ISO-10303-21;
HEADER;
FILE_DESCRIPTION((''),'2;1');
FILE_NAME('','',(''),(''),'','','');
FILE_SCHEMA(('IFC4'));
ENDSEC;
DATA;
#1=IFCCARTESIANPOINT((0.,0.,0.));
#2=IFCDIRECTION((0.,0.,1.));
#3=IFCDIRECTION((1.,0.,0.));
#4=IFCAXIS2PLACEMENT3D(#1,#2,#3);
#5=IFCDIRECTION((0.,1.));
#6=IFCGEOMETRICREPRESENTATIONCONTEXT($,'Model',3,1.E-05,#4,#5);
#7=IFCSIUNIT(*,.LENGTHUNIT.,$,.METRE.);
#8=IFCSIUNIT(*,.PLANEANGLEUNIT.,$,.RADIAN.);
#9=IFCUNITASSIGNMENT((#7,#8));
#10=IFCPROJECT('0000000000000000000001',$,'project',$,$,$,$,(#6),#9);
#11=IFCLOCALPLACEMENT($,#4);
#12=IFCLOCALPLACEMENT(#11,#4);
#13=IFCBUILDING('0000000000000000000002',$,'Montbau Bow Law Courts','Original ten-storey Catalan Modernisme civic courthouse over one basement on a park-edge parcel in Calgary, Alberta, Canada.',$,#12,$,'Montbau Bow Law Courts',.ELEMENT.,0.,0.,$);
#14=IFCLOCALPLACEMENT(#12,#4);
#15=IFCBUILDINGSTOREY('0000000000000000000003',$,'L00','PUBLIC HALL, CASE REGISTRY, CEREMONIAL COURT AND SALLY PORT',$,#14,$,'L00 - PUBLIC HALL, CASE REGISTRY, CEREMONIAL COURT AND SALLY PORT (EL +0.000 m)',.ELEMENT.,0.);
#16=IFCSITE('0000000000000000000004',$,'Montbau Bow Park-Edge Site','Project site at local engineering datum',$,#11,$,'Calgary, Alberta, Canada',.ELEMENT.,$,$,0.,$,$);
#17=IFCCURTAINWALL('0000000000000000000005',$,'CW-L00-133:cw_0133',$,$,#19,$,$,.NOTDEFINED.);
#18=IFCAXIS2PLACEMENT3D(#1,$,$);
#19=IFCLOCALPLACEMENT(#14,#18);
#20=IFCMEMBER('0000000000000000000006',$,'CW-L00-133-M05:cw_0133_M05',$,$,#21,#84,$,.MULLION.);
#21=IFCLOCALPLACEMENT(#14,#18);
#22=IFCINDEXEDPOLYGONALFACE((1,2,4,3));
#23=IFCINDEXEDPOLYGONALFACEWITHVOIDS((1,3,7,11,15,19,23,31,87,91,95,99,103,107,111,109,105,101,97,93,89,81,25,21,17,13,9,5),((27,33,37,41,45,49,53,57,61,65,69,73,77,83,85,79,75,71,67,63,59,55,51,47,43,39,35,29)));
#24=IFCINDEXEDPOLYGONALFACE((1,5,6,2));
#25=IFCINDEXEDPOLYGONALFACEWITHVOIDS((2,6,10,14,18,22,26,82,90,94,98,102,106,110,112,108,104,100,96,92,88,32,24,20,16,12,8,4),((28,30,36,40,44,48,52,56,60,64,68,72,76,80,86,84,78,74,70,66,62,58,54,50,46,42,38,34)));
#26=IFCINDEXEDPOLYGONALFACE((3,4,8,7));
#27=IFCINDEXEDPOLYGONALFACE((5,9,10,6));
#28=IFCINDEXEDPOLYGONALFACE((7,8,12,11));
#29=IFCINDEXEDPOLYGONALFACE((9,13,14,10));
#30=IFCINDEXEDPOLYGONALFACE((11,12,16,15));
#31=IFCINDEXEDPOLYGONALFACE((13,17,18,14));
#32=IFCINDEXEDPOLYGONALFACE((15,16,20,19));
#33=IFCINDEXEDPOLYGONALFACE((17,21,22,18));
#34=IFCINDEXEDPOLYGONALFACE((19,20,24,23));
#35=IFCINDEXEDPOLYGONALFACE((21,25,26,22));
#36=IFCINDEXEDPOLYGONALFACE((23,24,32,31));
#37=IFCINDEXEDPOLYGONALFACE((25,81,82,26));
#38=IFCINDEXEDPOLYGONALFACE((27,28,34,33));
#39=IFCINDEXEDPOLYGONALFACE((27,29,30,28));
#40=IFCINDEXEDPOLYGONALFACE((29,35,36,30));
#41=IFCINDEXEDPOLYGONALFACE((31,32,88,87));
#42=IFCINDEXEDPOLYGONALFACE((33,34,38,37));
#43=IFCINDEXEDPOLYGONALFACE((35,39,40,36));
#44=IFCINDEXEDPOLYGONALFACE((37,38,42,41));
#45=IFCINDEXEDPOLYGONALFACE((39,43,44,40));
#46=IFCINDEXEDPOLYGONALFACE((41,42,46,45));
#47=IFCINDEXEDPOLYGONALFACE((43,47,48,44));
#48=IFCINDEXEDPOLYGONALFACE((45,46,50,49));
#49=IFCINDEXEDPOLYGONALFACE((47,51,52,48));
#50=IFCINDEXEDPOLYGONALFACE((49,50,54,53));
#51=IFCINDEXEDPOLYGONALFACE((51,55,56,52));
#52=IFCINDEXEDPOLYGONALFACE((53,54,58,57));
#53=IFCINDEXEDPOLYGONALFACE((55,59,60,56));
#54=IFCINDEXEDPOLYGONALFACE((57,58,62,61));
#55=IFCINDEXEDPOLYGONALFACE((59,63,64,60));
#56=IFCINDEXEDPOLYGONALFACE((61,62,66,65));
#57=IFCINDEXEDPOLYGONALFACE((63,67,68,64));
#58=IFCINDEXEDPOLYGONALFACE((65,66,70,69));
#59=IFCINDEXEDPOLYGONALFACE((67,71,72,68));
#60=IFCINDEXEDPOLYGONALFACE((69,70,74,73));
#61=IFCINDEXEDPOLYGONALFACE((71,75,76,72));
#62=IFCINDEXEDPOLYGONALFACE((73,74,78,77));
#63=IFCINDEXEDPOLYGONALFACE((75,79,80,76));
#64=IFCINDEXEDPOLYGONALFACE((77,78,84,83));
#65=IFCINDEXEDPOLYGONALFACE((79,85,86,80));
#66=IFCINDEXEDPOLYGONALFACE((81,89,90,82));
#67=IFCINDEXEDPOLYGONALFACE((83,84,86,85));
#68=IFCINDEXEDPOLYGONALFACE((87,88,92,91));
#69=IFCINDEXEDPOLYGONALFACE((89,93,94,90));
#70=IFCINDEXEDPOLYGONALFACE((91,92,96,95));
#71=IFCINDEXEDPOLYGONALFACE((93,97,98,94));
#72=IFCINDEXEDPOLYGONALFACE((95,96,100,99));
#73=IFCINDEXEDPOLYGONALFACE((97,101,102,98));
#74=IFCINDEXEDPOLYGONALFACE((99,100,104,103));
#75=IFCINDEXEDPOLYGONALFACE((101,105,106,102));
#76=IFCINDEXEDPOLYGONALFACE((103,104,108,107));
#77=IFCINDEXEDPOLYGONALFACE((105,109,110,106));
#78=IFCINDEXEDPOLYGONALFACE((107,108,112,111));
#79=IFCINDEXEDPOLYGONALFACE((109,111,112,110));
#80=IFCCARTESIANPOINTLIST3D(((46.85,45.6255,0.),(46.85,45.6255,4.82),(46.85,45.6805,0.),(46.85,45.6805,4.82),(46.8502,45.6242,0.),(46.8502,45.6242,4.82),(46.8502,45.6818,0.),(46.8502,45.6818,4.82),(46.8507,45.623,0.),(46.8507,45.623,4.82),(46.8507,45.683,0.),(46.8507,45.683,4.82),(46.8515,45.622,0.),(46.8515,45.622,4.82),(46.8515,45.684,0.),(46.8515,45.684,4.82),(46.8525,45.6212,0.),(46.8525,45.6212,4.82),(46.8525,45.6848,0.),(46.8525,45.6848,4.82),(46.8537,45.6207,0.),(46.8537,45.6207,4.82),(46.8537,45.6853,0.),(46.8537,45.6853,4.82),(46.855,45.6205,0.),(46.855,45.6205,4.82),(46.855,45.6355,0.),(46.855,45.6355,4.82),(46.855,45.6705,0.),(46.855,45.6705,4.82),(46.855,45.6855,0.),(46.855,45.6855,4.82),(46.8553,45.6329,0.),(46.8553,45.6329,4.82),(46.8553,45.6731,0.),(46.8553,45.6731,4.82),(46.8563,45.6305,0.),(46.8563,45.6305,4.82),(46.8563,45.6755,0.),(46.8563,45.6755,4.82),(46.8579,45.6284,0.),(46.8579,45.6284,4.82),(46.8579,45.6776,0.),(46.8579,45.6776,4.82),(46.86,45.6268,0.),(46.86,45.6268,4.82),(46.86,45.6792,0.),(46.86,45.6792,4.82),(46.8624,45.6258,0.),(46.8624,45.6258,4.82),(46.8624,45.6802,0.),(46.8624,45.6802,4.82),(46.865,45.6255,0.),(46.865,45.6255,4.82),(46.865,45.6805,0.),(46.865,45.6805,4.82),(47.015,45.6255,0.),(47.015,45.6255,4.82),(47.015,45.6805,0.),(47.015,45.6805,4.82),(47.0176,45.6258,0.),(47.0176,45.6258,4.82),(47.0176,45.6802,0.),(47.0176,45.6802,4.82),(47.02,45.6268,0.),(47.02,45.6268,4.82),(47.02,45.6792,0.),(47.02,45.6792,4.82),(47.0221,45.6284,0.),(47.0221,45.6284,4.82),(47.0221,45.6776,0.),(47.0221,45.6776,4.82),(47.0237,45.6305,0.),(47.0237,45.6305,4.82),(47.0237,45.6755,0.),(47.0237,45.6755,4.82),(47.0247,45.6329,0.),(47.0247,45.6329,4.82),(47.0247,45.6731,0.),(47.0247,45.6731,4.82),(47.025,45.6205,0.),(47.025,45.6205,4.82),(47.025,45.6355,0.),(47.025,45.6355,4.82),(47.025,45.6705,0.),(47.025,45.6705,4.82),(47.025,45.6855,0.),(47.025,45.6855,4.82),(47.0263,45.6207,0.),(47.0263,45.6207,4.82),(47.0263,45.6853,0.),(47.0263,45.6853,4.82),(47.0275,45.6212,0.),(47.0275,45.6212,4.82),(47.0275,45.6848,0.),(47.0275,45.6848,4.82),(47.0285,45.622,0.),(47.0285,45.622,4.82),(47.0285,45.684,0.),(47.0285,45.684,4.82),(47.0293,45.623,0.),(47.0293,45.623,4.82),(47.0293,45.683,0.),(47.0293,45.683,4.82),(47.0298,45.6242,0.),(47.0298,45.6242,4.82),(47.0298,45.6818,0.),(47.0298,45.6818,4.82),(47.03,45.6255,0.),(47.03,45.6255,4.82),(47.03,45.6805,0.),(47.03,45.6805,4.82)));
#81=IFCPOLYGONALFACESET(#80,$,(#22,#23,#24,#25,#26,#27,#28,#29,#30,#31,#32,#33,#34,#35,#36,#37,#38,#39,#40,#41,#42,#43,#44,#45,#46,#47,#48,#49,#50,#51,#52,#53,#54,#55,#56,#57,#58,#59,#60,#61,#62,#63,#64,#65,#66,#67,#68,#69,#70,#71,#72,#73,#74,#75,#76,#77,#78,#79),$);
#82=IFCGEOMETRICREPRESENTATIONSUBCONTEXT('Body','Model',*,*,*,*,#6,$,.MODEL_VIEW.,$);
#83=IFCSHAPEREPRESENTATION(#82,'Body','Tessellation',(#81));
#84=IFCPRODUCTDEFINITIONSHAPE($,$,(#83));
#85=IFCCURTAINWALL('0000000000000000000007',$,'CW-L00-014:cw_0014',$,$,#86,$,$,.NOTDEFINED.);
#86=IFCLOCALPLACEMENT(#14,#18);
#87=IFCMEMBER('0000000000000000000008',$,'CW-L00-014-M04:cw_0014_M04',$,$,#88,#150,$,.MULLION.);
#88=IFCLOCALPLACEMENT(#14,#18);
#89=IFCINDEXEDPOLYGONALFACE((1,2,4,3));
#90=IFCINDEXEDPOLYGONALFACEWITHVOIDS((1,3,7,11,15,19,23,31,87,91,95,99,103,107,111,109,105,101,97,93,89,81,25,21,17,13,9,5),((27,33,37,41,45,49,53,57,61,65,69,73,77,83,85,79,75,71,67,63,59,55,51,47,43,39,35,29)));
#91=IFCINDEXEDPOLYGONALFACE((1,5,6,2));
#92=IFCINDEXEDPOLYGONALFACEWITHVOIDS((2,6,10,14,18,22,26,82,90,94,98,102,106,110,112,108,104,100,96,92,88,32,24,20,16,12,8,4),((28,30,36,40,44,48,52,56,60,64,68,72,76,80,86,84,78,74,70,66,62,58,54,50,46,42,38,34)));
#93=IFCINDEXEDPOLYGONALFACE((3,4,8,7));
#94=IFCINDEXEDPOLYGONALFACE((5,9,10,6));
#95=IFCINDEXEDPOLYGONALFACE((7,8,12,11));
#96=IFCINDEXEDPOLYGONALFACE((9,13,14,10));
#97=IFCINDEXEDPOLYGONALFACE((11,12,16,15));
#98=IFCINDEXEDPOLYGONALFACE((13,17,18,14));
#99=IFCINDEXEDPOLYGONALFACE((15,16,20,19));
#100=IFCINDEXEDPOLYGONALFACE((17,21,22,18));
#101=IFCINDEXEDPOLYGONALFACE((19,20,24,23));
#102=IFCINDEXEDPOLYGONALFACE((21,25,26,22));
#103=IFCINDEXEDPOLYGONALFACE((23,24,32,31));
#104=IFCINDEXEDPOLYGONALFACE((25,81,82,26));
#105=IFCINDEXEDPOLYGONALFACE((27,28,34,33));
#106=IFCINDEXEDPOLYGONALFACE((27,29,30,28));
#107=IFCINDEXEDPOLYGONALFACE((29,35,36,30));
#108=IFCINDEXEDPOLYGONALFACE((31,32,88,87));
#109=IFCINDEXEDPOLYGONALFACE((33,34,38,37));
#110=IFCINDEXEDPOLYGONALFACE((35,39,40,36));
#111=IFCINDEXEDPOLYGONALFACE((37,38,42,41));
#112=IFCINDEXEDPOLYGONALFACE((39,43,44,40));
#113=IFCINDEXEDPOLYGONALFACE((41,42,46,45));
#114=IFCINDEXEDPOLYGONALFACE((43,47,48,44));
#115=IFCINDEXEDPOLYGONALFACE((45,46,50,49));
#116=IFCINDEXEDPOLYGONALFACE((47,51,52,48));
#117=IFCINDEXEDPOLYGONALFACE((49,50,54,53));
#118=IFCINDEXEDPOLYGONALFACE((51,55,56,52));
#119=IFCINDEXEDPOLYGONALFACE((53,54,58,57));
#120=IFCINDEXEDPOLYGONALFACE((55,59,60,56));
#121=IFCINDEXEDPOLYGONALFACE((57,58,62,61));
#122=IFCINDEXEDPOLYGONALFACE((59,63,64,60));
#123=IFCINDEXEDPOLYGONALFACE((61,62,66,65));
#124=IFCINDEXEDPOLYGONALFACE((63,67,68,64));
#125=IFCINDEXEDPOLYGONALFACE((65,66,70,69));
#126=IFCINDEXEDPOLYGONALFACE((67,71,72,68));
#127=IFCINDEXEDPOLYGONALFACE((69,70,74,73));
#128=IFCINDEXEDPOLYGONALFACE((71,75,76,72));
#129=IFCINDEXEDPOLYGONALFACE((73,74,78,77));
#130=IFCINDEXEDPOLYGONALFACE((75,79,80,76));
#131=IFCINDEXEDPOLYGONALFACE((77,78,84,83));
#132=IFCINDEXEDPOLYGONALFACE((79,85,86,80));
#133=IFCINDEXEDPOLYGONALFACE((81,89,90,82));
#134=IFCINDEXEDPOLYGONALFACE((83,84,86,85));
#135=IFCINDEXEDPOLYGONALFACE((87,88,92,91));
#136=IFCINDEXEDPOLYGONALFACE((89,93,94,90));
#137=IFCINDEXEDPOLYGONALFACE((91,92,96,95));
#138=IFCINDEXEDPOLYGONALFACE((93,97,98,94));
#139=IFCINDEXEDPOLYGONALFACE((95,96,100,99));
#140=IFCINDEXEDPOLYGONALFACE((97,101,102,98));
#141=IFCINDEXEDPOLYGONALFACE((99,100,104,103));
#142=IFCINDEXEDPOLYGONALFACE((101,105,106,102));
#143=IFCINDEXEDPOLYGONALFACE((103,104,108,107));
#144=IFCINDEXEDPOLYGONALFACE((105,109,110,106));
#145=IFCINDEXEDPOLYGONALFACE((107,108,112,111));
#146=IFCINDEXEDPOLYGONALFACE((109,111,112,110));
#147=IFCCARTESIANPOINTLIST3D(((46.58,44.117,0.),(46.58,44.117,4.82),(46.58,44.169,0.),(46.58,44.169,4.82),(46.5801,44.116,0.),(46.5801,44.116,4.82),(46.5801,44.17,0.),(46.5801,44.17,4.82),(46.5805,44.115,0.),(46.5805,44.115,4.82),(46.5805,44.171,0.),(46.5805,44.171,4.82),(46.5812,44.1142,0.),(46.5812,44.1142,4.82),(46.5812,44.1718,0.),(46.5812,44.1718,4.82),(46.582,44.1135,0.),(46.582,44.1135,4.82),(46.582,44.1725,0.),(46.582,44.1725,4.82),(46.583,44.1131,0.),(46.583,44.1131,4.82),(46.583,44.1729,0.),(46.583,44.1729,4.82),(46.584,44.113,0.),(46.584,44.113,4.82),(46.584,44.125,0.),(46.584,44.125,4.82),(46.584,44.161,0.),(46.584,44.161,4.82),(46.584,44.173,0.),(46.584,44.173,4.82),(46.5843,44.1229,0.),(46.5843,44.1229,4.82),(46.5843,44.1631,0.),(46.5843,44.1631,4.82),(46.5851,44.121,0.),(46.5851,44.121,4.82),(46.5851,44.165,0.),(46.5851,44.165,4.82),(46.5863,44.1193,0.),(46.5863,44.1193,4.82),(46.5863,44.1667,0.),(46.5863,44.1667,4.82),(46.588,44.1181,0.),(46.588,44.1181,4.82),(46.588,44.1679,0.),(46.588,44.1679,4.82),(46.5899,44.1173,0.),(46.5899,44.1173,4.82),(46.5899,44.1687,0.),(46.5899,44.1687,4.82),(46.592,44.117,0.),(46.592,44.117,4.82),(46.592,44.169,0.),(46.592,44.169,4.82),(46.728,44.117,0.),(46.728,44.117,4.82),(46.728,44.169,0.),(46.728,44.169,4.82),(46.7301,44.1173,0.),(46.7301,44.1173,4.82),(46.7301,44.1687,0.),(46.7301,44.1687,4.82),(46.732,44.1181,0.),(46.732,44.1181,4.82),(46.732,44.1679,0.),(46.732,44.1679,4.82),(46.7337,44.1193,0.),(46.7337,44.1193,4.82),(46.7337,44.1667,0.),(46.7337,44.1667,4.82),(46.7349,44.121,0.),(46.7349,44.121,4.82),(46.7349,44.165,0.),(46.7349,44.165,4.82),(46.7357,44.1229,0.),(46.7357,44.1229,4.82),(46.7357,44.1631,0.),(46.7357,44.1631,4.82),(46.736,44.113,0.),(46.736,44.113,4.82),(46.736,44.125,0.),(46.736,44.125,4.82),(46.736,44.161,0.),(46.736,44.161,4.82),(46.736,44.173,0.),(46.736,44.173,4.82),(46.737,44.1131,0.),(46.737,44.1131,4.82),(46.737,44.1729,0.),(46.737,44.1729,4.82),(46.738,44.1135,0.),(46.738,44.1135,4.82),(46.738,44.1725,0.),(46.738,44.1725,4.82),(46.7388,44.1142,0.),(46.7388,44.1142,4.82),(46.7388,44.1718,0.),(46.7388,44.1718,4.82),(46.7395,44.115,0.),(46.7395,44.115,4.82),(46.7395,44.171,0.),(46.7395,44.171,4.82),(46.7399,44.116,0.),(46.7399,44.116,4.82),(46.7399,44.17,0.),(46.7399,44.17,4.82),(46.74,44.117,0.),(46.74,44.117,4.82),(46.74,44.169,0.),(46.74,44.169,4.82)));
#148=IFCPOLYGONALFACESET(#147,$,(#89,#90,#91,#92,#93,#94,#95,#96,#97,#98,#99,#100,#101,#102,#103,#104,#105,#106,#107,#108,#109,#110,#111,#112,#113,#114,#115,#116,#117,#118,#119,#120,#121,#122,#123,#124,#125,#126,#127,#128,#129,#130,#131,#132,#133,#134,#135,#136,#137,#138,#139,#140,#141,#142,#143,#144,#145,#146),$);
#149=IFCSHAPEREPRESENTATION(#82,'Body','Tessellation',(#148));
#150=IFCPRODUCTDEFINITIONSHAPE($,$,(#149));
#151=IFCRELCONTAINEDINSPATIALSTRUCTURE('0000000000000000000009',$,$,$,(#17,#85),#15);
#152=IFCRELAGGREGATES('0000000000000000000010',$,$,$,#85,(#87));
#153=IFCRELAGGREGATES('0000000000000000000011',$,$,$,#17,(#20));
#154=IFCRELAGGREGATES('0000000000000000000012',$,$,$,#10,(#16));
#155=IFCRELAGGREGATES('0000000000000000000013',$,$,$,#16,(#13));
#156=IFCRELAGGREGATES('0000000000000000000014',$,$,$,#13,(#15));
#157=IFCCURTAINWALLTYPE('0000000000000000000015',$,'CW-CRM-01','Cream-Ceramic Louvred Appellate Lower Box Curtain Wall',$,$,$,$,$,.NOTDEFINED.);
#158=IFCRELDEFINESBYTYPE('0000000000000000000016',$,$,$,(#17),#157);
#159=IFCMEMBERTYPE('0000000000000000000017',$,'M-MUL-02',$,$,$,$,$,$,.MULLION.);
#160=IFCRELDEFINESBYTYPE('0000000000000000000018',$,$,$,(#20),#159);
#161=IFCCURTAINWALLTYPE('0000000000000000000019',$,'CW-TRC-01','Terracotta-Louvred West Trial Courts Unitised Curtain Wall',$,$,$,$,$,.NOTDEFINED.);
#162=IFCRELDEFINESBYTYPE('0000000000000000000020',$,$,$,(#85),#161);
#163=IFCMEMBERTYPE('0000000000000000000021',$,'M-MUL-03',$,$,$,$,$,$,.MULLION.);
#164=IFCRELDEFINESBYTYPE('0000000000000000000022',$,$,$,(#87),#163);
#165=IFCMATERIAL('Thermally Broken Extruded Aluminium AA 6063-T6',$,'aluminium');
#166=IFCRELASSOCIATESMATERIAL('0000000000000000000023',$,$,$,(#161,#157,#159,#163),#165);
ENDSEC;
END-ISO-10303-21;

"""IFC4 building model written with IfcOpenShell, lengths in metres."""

from ifc_helpers import new_model, si_unit, direction, frame, origin_with_axes, origin_2d_with_axis, place, context, subcontext, project, spatial, hollow_rectangle, extrude, material, material_profile, profile_set, type_object, element, aggregate, save


model = new_model("IFC4")

# Units and contexts
model_context = context("Model", 3, precision=1e-05, world=origin_with_axes(), true_north=direction((0.0, 1.0)))
body_context = subcontext(model_context, "Body", "Model", "MODEL_VIEW")
ifc_project = project(units=[si_unit("LENGTHUNIT", "METRE"), si_unit("PLANEANGLEUNIT", "RADIAN")], contexts=[model_context])

# Site, building, storey
site_placement = place(None, origin_with_axes())
site = spatial("IfcSite", under=ifc_project, at=site_placement, Name="Montbau Bow Park-Edge Site", Description="Project site at local engineering datum", LongName="Calgary, Alberta, Canada", CompositionType="ELEMENT", RefElevation=0.0)
building_placement = place(site_placement, origin_with_axes())
building = spatial("IfcBuilding", under=site, at=building_placement, Name="Montbau Bow Law Courts", Description="Original ten-storey Catalan Modernisme civic courthouse over one basement on a park-edge parcel in Calgary, Alberta, Canada.", LongName="Montbau Bow Law Courts", CompositionType="ELEMENT", ElevationOfRefHeight=0.0, ElevationOfTerrain=0.0)
storey_placement = place(building_placement, origin_with_axes())
storey = spatial("IfcBuildingStorey", under=building, at=storey_placement, Name="L00", Description="PUBLIC HALL, CASE REGISTRY, CEREMONIAL COURT AND SALLY PORT", LongName="L00 - PUBLIC HALL, CASE REGISTRY, CEREMONIAL COURT AND SALLY PORT (EL +0.000 m)", CompositionType="ELEMENT", Elevation=0.0)

# Shared definitions
ifc_material_1 = material(Name="Thermally Broken Extruded Aluminium AA 6063-T6", Category="aluminium")
curtain_wall_type_1 = type_object("IfcCurtainWallType", Name="CW-TRC-01", Description="Terracotta-Louvred West Trial Courts Unitised Curtain Wall", PredefinedType="NOTDEFINED", material=ifc_material_1)

# Curtain walls, members
curtain_wall_type_2 = type_object("IfcCurtainWallType", Name="CW-CRM-01", Description="Cream-Ceramic Louvred Appellate Lower Box Curtain Wall", PredefinedType="NOTDEFINED", material=ifc_material_1)
curtain_wall_1_placement = place(None, frame((46.94, 39.515, 0.0), z_axis=(0.0, 0.0, 1.0), x_axis=(1.0, 0.0, 0.0)))
curtain_wall_1 = element("IfcCurtainWall", 1, at=curtain_wall_1_placement, inside=storey, type_object=curtain_wall_type_2, Name="CW-L00-133:cw_0133", PredefinedType="NOTDEFINED")
ifc_material_profile_1 = material_profile(ifc_material_1, hollow_rectangle(XDim=0.065, YDim=0.18, WallThickness=0.005, InnerFilletRadius=0.01, OuterFilletRadius=0.005, at=origin_2d_with_axis()), Name="CWM-180X65", Category="Main", Priority=0)
ifc_profile_set_1 = profile_set([ifc_material_profile_1], Name="Thermally Broken Extruded Aluminium AA 6063-T6")
member_type_1 = type_object("IfcMemberType", Name="M-MUL-02", PredefinedType="MULLION", material=ifc_profile_set_1)
member_1_placement = place(None, frame((46.94, 45.653, 0.0), z_axis=(0.0, 0.0, 1.0), x_axis=(0.0, 1.0, 0.0)))
member_1 = element("IfcMember", 2, at=member_1_placement, type_object=member_type_1, Name="CW-L00-133-M05:cw_0133_M05", PredefinedType="MULLION", context=body_context, shape_type="SweptSolid", body=[
    extrude(hollow_rectangle(XDim=0.065, YDim=0.18, WallThickness=0.005, InnerFilletRadius=0.01, OuterFilletRadius=0.005, at=origin_2d_with_axis()), origin_with_axes(), (0.0, 0.0, 1.0), 4.82),
])
curtain_wall_2_placement = place(None, frame((46.66, 39.515, 0.0), z_axis=(0.0, 0.0, 1.0), x_axis=(1.0, 0.0, 0.0)))
curtain_wall_2 = element("IfcCurtainWall", 3, at=curtain_wall_2_placement, inside=storey, type_object=curtain_wall_type_1, Name="CW-L00-014:cw_0014", PredefinedType="NOTDEFINED")
ifc_material_profile_2 = material_profile(ifc_material_1, hollow_rectangle(XDim=0.06, YDim=0.16, WallThickness=0.004, InnerFilletRadius=0.008, OuterFilletRadius=0.004, at=origin_2d_with_axis()), Name="CWM-160X60", Category="Main", Priority=0)
ifc_profile_set_2 = profile_set([ifc_material_profile_2], Name="Thermally Broken Extruded Aluminium AA 6063-T6")
member_type_2 = type_object("IfcMemberType", Name="M-MUL-03", PredefinedType="MULLION", material=ifc_profile_set_2)
member_2_placement = place(None, frame((46.66, 44.143, 0.0), z_axis=(0.0, 0.0, 1.0), x_axis=(0.0, 1.0, 0.0)))
member_2 = element("IfcMember", 4, at=member_2_placement, type_object=member_type_2, Name="CW-L00-014-M04:cw_0014_M04", PredefinedType="MULLION", context=body_context, shape_type="SweptSolid", body=[
    extrude(hollow_rectangle(XDim=0.06, YDim=0.16, WallThickness=0.004, InnerFilletRadius=0.008, OuterFilletRadius=0.004, at=origin_2d_with_axis()), origin_with_axes(), (0.0, 0.0, 1.0), 4.82),
])

aggregate(curtain_wall_2, [member_2])
aggregate(curtain_wall_1, [member_1])

save(model, "model.ifc")
